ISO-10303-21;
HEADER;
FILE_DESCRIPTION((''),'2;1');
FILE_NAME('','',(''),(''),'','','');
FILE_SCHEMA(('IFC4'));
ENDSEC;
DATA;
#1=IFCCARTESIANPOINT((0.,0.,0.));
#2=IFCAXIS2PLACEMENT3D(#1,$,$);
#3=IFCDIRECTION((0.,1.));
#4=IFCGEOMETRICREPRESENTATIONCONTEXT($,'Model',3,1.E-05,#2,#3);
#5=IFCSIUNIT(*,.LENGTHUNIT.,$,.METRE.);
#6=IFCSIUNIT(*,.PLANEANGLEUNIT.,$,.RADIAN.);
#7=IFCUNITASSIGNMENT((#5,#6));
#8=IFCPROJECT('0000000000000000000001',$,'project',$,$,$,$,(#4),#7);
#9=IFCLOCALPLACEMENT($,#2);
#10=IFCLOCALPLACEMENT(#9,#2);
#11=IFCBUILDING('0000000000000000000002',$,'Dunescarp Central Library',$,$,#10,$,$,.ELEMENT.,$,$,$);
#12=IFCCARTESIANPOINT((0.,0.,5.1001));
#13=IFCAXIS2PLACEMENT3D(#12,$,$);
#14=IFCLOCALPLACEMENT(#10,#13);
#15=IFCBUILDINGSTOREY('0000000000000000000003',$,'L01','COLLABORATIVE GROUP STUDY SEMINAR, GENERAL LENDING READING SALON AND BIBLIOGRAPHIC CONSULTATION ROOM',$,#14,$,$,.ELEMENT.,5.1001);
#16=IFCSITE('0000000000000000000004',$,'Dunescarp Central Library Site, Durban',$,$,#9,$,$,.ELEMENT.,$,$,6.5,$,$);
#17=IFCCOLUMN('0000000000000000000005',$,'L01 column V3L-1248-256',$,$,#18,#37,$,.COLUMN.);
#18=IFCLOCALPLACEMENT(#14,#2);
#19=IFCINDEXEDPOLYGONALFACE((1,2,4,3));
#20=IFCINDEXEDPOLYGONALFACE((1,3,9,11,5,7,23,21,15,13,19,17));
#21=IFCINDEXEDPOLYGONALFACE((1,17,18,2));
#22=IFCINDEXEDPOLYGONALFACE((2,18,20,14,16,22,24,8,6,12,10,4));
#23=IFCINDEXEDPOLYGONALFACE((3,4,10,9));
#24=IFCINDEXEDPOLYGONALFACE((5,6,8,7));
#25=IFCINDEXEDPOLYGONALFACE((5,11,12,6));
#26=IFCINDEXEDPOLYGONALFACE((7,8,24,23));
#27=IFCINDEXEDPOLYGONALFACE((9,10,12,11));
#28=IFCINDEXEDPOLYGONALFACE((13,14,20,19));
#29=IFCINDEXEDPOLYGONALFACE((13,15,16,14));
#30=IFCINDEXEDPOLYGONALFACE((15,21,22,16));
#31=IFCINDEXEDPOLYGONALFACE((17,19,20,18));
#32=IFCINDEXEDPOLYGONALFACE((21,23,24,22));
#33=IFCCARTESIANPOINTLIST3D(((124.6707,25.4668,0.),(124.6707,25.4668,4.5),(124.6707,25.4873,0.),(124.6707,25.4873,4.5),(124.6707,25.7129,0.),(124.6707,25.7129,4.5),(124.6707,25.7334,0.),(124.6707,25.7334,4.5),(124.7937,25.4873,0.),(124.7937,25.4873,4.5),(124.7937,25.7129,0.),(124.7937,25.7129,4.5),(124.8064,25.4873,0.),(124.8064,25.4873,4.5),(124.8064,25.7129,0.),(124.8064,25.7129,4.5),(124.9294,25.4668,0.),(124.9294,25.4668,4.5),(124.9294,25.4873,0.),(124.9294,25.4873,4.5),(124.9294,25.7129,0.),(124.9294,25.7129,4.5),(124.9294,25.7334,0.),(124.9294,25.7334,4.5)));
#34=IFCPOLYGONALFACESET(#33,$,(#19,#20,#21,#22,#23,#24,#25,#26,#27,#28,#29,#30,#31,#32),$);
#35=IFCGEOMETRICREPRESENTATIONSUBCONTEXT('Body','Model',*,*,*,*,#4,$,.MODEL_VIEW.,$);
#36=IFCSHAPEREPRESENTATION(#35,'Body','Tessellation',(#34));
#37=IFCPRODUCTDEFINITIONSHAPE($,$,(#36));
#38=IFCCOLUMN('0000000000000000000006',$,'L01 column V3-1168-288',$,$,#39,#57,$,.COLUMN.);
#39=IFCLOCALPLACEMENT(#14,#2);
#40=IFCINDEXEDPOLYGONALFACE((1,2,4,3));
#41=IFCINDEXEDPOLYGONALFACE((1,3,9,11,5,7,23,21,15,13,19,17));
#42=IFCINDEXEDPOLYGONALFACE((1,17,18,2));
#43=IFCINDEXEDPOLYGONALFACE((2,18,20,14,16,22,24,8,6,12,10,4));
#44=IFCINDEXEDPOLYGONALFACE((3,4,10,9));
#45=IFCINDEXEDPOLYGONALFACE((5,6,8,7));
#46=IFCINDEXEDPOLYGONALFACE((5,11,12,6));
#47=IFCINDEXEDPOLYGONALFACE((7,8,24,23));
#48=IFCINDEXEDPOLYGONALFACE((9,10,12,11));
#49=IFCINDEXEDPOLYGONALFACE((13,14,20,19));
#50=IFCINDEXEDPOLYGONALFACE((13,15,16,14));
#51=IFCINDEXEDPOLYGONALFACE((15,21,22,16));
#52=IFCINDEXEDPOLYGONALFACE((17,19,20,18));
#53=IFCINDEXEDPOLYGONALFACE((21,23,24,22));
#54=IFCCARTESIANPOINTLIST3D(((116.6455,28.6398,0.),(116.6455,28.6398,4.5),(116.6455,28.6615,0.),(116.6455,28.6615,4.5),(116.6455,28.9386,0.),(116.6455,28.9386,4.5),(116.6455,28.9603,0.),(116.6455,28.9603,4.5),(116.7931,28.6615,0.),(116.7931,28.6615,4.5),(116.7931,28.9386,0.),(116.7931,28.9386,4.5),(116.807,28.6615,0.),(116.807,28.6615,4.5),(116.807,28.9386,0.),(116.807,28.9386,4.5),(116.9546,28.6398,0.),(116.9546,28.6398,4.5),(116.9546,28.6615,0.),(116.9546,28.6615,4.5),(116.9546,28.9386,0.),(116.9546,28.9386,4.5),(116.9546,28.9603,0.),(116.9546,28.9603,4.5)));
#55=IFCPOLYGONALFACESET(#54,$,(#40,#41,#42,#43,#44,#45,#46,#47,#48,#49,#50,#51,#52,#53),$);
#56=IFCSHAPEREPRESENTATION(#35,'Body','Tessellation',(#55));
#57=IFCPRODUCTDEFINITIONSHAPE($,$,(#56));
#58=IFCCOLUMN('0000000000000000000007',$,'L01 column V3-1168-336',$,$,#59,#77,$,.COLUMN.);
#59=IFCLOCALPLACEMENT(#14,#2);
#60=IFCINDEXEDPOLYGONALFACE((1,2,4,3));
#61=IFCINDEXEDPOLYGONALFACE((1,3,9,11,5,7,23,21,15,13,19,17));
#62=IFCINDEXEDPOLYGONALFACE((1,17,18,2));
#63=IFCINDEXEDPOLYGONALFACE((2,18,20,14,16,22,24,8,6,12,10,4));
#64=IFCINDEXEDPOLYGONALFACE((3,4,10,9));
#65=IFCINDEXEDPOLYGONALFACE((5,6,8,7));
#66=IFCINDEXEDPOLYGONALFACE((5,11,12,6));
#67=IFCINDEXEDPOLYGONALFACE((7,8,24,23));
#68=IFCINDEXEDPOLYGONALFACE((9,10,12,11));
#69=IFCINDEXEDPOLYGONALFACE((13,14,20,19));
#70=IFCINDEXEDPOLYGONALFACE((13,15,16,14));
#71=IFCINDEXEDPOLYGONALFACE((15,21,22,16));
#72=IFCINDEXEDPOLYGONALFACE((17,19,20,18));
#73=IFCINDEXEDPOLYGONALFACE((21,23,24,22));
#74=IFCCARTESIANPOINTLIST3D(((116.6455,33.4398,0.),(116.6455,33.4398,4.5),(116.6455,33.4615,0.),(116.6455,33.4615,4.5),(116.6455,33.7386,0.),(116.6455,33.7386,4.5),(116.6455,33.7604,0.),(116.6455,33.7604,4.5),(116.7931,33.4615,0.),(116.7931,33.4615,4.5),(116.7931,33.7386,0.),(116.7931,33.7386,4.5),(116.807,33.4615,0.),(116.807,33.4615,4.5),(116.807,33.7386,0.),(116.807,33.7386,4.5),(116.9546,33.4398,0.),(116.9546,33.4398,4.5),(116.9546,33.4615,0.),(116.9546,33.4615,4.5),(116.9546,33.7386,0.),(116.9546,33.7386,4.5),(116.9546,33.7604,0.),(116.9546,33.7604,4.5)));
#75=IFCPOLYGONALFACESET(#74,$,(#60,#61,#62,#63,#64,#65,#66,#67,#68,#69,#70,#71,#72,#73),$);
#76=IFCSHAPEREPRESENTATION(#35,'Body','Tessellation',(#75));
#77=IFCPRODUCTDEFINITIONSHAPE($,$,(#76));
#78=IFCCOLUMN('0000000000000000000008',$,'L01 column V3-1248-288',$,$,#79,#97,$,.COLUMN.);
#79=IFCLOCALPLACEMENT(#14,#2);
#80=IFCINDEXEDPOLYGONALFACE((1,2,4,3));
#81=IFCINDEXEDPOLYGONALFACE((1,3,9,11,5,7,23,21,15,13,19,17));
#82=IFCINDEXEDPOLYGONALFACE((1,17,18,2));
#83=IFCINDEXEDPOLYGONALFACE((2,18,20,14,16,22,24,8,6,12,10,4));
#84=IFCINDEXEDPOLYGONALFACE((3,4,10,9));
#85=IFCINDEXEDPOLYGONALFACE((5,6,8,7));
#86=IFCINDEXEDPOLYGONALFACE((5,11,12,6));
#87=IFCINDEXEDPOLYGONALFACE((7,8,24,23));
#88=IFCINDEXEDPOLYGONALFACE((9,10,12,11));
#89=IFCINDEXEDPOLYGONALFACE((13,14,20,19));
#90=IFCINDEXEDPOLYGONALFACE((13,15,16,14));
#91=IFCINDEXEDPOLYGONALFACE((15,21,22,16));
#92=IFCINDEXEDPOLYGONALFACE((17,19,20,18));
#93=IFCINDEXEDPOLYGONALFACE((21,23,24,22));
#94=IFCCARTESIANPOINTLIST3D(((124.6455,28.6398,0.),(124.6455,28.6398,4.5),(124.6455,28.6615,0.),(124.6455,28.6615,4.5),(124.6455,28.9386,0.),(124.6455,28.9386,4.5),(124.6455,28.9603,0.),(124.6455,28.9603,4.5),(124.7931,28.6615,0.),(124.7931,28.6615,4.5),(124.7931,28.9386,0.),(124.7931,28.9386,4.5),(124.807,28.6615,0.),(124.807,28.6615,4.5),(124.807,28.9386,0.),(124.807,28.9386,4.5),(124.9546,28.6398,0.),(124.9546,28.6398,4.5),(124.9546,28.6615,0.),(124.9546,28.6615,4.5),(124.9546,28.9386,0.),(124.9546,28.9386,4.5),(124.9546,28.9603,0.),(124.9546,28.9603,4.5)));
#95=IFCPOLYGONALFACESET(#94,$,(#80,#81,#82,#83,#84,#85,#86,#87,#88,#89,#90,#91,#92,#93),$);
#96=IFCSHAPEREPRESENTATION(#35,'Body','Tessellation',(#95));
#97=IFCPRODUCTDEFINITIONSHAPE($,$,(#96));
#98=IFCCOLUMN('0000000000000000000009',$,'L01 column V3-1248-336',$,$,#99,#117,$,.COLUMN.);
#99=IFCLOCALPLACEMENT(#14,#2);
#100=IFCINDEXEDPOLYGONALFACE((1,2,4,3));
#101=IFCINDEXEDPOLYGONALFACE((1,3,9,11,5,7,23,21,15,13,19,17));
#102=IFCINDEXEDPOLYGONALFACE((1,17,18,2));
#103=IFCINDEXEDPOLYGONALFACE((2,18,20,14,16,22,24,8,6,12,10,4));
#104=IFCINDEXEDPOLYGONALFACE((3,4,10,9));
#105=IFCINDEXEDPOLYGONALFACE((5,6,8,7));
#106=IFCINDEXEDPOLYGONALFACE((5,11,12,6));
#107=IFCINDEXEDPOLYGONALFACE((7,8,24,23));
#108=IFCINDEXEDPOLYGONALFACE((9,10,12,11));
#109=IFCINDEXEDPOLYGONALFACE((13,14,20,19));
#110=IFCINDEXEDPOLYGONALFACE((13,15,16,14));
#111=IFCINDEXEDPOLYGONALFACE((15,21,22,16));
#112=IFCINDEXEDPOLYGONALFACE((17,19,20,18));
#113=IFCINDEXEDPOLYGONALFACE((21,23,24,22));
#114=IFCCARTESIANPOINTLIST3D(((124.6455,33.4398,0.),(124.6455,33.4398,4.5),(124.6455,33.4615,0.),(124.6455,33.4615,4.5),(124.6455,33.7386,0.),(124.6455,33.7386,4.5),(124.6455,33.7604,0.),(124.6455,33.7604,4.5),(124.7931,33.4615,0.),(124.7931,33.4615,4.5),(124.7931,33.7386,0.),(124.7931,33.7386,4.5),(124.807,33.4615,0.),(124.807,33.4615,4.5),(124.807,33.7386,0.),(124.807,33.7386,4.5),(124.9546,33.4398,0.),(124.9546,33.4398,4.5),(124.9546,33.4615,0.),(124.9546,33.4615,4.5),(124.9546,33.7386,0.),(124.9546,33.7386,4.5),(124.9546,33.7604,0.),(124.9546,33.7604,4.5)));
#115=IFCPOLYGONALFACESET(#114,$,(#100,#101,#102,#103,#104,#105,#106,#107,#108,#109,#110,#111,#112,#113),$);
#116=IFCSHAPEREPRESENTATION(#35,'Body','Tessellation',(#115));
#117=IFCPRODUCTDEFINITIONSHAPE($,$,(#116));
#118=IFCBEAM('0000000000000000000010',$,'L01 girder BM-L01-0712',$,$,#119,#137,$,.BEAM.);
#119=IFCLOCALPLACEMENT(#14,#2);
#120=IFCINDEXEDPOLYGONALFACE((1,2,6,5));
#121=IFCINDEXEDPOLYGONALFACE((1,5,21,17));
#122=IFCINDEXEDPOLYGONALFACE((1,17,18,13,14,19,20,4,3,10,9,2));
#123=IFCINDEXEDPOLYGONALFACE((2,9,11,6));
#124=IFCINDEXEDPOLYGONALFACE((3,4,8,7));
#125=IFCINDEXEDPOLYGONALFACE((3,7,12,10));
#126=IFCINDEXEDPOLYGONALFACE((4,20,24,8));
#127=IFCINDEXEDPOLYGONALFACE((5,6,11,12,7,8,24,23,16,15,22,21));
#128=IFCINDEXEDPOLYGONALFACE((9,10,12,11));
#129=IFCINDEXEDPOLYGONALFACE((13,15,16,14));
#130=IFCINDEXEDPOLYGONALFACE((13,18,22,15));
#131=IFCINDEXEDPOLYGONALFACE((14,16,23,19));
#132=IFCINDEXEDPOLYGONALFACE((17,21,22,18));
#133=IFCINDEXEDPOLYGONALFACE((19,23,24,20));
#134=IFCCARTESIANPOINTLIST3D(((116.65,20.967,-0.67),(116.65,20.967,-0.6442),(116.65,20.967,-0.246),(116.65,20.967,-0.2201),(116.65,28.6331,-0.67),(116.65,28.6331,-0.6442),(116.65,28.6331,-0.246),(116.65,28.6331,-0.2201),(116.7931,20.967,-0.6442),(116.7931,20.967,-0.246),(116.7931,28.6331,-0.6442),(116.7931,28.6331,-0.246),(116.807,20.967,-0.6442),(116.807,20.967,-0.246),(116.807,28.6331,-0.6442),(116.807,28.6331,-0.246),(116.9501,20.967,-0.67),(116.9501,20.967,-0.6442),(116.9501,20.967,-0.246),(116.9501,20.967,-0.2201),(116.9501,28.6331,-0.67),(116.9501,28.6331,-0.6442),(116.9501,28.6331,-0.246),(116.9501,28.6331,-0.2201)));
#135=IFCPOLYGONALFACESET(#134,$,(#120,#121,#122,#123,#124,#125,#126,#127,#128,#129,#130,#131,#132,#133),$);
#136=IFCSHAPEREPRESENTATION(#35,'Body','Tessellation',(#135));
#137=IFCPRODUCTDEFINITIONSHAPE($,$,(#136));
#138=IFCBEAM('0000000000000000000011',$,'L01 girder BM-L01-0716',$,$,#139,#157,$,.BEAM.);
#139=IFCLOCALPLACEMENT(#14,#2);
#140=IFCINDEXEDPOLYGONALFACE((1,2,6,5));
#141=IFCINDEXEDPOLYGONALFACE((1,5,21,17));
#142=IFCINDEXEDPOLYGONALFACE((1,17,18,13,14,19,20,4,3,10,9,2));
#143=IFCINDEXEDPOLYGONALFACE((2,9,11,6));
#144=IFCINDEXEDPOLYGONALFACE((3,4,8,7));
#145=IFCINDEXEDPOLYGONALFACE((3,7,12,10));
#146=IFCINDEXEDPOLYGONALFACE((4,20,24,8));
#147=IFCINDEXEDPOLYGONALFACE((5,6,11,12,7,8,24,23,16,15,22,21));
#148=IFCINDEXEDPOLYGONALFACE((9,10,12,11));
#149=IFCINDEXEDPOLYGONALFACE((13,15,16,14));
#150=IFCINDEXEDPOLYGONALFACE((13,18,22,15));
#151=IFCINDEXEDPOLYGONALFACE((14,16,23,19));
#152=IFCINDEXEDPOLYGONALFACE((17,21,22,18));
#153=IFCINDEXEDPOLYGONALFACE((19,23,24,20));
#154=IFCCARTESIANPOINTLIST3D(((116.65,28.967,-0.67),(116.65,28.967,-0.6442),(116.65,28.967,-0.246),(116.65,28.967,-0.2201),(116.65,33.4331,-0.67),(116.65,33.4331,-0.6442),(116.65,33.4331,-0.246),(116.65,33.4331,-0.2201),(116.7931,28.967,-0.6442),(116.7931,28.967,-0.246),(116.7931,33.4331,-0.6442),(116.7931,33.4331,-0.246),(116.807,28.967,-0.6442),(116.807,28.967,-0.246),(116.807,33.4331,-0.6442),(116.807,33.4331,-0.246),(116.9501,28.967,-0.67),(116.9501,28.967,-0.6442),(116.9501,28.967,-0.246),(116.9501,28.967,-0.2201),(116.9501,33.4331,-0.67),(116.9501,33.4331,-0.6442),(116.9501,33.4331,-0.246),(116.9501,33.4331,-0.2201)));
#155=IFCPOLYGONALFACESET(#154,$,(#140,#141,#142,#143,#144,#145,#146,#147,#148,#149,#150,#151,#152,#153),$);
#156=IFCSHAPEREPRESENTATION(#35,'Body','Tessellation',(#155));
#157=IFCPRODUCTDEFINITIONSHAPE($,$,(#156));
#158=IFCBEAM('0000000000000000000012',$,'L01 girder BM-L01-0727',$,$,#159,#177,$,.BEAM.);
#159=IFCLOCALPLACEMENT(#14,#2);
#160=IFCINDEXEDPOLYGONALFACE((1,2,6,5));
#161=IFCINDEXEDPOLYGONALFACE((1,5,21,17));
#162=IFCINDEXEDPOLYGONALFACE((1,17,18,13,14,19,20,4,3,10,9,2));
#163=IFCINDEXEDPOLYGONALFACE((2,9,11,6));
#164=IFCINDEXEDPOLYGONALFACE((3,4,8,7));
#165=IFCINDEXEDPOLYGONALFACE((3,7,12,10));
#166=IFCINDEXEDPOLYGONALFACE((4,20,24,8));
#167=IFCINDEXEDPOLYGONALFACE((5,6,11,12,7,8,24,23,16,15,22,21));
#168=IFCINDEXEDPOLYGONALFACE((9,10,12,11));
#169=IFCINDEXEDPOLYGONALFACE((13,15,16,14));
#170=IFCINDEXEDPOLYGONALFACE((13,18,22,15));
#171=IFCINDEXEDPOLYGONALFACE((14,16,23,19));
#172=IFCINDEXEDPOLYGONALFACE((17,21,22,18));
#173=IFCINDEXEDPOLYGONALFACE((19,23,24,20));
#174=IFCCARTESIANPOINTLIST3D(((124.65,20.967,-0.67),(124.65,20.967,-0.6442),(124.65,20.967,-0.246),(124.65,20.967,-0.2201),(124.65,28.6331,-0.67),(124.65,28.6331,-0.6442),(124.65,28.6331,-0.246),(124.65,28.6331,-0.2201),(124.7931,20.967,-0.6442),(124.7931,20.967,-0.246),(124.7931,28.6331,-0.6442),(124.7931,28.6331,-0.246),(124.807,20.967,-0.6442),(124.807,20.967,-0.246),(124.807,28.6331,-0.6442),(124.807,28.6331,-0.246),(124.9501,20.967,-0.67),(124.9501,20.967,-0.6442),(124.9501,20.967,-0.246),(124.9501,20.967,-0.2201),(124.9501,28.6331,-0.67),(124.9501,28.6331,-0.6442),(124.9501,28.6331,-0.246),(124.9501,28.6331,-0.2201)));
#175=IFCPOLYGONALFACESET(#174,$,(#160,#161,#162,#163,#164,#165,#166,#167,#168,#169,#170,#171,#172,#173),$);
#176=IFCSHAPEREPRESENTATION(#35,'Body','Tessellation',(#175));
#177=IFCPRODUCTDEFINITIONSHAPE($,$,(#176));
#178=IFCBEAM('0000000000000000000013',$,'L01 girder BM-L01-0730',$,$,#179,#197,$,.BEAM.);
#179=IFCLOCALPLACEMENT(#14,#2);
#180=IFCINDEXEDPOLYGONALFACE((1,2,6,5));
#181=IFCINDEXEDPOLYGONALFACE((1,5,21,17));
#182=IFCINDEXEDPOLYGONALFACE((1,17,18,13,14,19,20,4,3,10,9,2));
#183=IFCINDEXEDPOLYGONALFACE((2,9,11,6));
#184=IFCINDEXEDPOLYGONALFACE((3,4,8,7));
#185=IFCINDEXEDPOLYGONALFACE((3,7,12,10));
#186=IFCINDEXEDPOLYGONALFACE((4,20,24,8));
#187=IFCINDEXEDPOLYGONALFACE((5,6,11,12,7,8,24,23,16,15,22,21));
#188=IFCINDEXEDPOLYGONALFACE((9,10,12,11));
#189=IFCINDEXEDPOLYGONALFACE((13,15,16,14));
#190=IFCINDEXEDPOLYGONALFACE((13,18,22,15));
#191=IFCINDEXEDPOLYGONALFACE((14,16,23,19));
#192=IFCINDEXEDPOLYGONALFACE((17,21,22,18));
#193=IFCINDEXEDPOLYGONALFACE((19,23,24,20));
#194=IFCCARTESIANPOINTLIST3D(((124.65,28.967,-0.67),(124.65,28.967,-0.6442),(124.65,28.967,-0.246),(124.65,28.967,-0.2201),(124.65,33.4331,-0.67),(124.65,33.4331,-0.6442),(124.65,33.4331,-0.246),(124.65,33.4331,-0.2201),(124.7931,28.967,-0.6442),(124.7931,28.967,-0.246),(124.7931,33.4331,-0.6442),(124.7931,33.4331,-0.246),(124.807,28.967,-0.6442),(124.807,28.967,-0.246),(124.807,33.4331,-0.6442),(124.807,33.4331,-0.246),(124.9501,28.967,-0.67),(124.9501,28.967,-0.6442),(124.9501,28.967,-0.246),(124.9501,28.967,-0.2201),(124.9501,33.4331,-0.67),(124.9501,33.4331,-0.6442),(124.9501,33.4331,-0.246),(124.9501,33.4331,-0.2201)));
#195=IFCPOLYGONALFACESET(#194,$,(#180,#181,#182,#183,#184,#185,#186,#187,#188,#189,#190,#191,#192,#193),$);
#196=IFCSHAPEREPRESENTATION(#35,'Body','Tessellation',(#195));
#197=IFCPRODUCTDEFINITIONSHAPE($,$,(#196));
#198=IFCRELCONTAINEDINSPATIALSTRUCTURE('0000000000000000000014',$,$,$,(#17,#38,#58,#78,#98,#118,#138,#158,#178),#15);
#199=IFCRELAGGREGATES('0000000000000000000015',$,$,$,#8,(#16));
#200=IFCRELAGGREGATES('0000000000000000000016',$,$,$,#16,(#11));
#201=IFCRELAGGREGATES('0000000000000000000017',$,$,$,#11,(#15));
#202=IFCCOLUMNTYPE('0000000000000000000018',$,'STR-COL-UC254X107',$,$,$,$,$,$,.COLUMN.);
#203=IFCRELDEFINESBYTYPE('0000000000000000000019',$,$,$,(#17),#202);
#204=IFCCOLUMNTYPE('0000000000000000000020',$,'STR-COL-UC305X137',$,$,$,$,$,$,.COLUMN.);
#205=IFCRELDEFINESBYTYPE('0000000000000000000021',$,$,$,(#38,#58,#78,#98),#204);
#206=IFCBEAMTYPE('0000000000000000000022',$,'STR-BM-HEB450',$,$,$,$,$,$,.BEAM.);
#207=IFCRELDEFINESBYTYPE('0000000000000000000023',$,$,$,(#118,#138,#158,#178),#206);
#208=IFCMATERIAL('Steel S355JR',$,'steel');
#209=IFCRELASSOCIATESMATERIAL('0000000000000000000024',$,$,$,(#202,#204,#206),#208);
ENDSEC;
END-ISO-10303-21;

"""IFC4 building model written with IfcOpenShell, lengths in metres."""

from ifc_helpers import new_model, si_unit, direction, frame, origin, origin_2d, place, context, subcontext, project, spatial, i_section, extrude, material, material_profile, profile_set, type_object, element, save


model = new_model("IFC4")

# Units and contexts
model_context = context("Model", 3, precision=1e-05, world=origin(), true_north=direction((0.0, 1.0)))
body_context = subcontext(model_context, "Body", "Model", "MODEL_VIEW")
ifc_project = project(units=[si_unit("LENGTHUNIT", "METRE"), si_unit("PLANEANGLEUNIT", "RADIAN")], contexts=[model_context])

# Site, building, storey
site_placement = place(None, origin())
site = spatial("IfcSite", under=ifc_project, at=site_placement, Name="Dunescarp Central Library Site, Durban", CompositionType="ELEMENT", RefElevation=6.5)
building_placement = place(site_placement, origin())
building = spatial("IfcBuilding", under=site, at=building_placement, Name="Dunescarp Central Library", CompositionType="ELEMENT")
storey_placement = place(building_placement, frame((0.0, 0.0, 5.1001)))
storey = spatial("IfcBuildingStorey", under=building, at=storey_placement, Name="L01", Description="COLLABORATIVE GROUP STUDY SEMINAR, GENERAL LENDING READING SALON AND BIBLIOGRAPHIC CONSULTATION ROOM", CompositionType="ELEMENT", Elevation=5.1001)

# Columns
ifc_material_1 = material(Name="Steel S355JR", Category="steel")
ifc_material_profile_1 = material_profile(ifc_material_1, i_section(OverallWidth=0.2588, OverallDepth=0.2666, WebThickness=0.0127, FlangeThickness=0.0205, at=origin_2d()), Name="UC 254x254x107")
ifc_profile_set_1 = profile_set([ifc_material_profile_1], Name="Steel S355JR")
column_type_1 = type_object("IfcColumnType", Name="STR-COL-UC254X107", PredefinedType="COLUMN", material=ifc_profile_set_1)
column_placement = place(storey_placement, frame((124.8, 25.6001, 0.0), z_axis=(0.0, 0.0, 1.0), x_axis=(1.0, 0.0, 0.0)))
element("IfcColumn", 1, at=column_placement, inside=storey, type_object=column_type_1, Name="L01 column V3L-1248-256", PredefinedType="COLUMN", context=body_context, shape_type="SweptSolid", body=[
    extrude(i_section(OverallWidth=0.2588, OverallDepth=0.2666, WebThickness=0.0127, FlangeThickness=0.0205, at=origin_2d()), origin(), (0.0, 0.0, 1.0), 4.5),
])
ifc_material_profile_2 = material_profile(ifc_material_1, i_section(OverallWidth=0.3091, OverallDepth=0.3206, WebThickness=0.0139, FlangeThickness=0.0217, at=origin_2d()), Name="UC 305x305x137")
ifc_profile_set_2 = profile_set([ifc_material_profile_2], Name="Steel S355JR")
column_type_2 = type_object("IfcColumnType", Name="STR-COL-UC305X137", PredefinedType="COLUMN", material=ifc_profile_set_2)
for number, where, z_axis, x_axis, name in (
    (2, (116.8, 28.8, 0.0), (0.0, 0.0, 1.0), (1.0, 0.0, 0.0), "L01 column V3-1168-288"),
    (3, (116.8, 33.6001, 0.0), (0.0, 0.0, 1.0), (1.0, 0.0, 0.0), "L01 column V3-1168-336"),
    (4, (124.8, 28.8, 0.0), (0.0, 0.0, 1.0), (1.0, 0.0, 0.0), "L01 column V3-1248-288"),
    (5, (124.8, 33.6001, 0.0), (0.0, 0.0, 1.0), (1.0, 0.0, 0.0), "L01 column V3-1248-336"),
):
    element("IfcColumn", number, at=place(storey_placement, frame(where, z_axis=z_axis, x_axis=x_axis)), inside=storey, type_object=column_type_2, Name=name, PredefinedType="COLUMN", context=body_context, shape_type="SweptSolid", body=[
        extrude(i_section(OverallWidth=0.3091, OverallDepth=0.3206, WebThickness=0.0139, FlangeThickness=0.0217, at=origin_2d()), origin(), (0.0, 0.0, 1.0), 4.5),
    ])

# Beams
ifc_material_profile_3 = material_profile(ifc_material_1, i_section(OverallWidth=0.3, OverallDepth=0.45, WebThickness=0.0139, FlangeThickness=0.0259, at=origin_2d()), Name="HEB 450")
ifc_profile_set_3 = profile_set([ifc_material_profile_3], Name="Steel S355JR")
beam_type_1 = type_object("IfcBeamType", Name="STR-BM-HEB450", PredefinedType="BEAM", material=ifc_profile_set_3)
beam_1_placement = place(storey_placement, frame((116.8, 20.967, -0.4451), z_axis=(0.0, 1.0, 0.0), x_axis=(-1.0, 0.0, 0.0)))
element("IfcBeam", 6, at=beam_1_placement, inside=storey, type_object=beam_type_1, Name="L01 girder BM-L01-0712", PredefinedType="BEAM", context=body_context, shape_type="SweptSolid", body=[
    extrude(i_section(OverallWidth=0.3, OverallDepth=0.45, WebThickness=0.0139, FlangeThickness=0.0259, at=origin_2d()), origin(), (0.0, 0.0, 1.0), 7.666),
])
beam_2_placement = place(storey_placement, frame((116.8, 28.967, -0.4451), z_axis=(0.0, 1.0, 0.0), x_axis=(-1.0, 0.0, 0.0)))
element("IfcBeam", 7, at=beam_2_placement, inside=storey, type_object=beam_type_1, Name="L01 girder BM-L01-0716", PredefinedType="BEAM", context=body_context, shape_type="SweptSolid", body=[
    extrude(i_section(OverallWidth=0.3, OverallDepth=0.45, WebThickness=0.0139, FlangeThickness=0.0259, at=origin_2d()), origin(), (0.0, 0.0, 1.0), 4.4661),
])
beam_3_placement = place(storey_placement, frame((124.8, 20.967, -0.4451), z_axis=(0.0, 1.0, 0.0), x_axis=(-1.0, 0.0, 0.0)))
element("IfcBeam", 8, at=beam_3_placement, inside=storey, type_object=beam_type_1, Name="L01 girder BM-L01-0727", PredefinedType="BEAM", context=body_context, shape_type="SweptSolid", body=[
    extrude(i_section(OverallWidth=0.3, OverallDepth=0.45, WebThickness=0.0139, FlangeThickness=0.0259, at=origin_2d()), origin(), (0.0, 0.0, 1.0), 7.666),
])
beam_4_placement = place(storey_placement, frame((124.8, 28.967, -0.4451), z_axis=(0.0, 1.0, 0.0), x_axis=(-1.0, 0.0, 0.0)))
element("IfcBeam", 9, at=beam_4_placement, inside=storey, type_object=beam_type_1, Name="L01 girder BM-L01-0730", PredefinedType="BEAM", context=body_context, shape_type="SweptSolid", body=[
    extrude(i_section(OverallWidth=0.3, OverallDepth=0.45, WebThickness=0.0139, FlangeThickness=0.0259, at=origin_2d()), origin(), (0.0, 0.0, 1.0), 4.4661),
])

save(model, "model.ifc")
